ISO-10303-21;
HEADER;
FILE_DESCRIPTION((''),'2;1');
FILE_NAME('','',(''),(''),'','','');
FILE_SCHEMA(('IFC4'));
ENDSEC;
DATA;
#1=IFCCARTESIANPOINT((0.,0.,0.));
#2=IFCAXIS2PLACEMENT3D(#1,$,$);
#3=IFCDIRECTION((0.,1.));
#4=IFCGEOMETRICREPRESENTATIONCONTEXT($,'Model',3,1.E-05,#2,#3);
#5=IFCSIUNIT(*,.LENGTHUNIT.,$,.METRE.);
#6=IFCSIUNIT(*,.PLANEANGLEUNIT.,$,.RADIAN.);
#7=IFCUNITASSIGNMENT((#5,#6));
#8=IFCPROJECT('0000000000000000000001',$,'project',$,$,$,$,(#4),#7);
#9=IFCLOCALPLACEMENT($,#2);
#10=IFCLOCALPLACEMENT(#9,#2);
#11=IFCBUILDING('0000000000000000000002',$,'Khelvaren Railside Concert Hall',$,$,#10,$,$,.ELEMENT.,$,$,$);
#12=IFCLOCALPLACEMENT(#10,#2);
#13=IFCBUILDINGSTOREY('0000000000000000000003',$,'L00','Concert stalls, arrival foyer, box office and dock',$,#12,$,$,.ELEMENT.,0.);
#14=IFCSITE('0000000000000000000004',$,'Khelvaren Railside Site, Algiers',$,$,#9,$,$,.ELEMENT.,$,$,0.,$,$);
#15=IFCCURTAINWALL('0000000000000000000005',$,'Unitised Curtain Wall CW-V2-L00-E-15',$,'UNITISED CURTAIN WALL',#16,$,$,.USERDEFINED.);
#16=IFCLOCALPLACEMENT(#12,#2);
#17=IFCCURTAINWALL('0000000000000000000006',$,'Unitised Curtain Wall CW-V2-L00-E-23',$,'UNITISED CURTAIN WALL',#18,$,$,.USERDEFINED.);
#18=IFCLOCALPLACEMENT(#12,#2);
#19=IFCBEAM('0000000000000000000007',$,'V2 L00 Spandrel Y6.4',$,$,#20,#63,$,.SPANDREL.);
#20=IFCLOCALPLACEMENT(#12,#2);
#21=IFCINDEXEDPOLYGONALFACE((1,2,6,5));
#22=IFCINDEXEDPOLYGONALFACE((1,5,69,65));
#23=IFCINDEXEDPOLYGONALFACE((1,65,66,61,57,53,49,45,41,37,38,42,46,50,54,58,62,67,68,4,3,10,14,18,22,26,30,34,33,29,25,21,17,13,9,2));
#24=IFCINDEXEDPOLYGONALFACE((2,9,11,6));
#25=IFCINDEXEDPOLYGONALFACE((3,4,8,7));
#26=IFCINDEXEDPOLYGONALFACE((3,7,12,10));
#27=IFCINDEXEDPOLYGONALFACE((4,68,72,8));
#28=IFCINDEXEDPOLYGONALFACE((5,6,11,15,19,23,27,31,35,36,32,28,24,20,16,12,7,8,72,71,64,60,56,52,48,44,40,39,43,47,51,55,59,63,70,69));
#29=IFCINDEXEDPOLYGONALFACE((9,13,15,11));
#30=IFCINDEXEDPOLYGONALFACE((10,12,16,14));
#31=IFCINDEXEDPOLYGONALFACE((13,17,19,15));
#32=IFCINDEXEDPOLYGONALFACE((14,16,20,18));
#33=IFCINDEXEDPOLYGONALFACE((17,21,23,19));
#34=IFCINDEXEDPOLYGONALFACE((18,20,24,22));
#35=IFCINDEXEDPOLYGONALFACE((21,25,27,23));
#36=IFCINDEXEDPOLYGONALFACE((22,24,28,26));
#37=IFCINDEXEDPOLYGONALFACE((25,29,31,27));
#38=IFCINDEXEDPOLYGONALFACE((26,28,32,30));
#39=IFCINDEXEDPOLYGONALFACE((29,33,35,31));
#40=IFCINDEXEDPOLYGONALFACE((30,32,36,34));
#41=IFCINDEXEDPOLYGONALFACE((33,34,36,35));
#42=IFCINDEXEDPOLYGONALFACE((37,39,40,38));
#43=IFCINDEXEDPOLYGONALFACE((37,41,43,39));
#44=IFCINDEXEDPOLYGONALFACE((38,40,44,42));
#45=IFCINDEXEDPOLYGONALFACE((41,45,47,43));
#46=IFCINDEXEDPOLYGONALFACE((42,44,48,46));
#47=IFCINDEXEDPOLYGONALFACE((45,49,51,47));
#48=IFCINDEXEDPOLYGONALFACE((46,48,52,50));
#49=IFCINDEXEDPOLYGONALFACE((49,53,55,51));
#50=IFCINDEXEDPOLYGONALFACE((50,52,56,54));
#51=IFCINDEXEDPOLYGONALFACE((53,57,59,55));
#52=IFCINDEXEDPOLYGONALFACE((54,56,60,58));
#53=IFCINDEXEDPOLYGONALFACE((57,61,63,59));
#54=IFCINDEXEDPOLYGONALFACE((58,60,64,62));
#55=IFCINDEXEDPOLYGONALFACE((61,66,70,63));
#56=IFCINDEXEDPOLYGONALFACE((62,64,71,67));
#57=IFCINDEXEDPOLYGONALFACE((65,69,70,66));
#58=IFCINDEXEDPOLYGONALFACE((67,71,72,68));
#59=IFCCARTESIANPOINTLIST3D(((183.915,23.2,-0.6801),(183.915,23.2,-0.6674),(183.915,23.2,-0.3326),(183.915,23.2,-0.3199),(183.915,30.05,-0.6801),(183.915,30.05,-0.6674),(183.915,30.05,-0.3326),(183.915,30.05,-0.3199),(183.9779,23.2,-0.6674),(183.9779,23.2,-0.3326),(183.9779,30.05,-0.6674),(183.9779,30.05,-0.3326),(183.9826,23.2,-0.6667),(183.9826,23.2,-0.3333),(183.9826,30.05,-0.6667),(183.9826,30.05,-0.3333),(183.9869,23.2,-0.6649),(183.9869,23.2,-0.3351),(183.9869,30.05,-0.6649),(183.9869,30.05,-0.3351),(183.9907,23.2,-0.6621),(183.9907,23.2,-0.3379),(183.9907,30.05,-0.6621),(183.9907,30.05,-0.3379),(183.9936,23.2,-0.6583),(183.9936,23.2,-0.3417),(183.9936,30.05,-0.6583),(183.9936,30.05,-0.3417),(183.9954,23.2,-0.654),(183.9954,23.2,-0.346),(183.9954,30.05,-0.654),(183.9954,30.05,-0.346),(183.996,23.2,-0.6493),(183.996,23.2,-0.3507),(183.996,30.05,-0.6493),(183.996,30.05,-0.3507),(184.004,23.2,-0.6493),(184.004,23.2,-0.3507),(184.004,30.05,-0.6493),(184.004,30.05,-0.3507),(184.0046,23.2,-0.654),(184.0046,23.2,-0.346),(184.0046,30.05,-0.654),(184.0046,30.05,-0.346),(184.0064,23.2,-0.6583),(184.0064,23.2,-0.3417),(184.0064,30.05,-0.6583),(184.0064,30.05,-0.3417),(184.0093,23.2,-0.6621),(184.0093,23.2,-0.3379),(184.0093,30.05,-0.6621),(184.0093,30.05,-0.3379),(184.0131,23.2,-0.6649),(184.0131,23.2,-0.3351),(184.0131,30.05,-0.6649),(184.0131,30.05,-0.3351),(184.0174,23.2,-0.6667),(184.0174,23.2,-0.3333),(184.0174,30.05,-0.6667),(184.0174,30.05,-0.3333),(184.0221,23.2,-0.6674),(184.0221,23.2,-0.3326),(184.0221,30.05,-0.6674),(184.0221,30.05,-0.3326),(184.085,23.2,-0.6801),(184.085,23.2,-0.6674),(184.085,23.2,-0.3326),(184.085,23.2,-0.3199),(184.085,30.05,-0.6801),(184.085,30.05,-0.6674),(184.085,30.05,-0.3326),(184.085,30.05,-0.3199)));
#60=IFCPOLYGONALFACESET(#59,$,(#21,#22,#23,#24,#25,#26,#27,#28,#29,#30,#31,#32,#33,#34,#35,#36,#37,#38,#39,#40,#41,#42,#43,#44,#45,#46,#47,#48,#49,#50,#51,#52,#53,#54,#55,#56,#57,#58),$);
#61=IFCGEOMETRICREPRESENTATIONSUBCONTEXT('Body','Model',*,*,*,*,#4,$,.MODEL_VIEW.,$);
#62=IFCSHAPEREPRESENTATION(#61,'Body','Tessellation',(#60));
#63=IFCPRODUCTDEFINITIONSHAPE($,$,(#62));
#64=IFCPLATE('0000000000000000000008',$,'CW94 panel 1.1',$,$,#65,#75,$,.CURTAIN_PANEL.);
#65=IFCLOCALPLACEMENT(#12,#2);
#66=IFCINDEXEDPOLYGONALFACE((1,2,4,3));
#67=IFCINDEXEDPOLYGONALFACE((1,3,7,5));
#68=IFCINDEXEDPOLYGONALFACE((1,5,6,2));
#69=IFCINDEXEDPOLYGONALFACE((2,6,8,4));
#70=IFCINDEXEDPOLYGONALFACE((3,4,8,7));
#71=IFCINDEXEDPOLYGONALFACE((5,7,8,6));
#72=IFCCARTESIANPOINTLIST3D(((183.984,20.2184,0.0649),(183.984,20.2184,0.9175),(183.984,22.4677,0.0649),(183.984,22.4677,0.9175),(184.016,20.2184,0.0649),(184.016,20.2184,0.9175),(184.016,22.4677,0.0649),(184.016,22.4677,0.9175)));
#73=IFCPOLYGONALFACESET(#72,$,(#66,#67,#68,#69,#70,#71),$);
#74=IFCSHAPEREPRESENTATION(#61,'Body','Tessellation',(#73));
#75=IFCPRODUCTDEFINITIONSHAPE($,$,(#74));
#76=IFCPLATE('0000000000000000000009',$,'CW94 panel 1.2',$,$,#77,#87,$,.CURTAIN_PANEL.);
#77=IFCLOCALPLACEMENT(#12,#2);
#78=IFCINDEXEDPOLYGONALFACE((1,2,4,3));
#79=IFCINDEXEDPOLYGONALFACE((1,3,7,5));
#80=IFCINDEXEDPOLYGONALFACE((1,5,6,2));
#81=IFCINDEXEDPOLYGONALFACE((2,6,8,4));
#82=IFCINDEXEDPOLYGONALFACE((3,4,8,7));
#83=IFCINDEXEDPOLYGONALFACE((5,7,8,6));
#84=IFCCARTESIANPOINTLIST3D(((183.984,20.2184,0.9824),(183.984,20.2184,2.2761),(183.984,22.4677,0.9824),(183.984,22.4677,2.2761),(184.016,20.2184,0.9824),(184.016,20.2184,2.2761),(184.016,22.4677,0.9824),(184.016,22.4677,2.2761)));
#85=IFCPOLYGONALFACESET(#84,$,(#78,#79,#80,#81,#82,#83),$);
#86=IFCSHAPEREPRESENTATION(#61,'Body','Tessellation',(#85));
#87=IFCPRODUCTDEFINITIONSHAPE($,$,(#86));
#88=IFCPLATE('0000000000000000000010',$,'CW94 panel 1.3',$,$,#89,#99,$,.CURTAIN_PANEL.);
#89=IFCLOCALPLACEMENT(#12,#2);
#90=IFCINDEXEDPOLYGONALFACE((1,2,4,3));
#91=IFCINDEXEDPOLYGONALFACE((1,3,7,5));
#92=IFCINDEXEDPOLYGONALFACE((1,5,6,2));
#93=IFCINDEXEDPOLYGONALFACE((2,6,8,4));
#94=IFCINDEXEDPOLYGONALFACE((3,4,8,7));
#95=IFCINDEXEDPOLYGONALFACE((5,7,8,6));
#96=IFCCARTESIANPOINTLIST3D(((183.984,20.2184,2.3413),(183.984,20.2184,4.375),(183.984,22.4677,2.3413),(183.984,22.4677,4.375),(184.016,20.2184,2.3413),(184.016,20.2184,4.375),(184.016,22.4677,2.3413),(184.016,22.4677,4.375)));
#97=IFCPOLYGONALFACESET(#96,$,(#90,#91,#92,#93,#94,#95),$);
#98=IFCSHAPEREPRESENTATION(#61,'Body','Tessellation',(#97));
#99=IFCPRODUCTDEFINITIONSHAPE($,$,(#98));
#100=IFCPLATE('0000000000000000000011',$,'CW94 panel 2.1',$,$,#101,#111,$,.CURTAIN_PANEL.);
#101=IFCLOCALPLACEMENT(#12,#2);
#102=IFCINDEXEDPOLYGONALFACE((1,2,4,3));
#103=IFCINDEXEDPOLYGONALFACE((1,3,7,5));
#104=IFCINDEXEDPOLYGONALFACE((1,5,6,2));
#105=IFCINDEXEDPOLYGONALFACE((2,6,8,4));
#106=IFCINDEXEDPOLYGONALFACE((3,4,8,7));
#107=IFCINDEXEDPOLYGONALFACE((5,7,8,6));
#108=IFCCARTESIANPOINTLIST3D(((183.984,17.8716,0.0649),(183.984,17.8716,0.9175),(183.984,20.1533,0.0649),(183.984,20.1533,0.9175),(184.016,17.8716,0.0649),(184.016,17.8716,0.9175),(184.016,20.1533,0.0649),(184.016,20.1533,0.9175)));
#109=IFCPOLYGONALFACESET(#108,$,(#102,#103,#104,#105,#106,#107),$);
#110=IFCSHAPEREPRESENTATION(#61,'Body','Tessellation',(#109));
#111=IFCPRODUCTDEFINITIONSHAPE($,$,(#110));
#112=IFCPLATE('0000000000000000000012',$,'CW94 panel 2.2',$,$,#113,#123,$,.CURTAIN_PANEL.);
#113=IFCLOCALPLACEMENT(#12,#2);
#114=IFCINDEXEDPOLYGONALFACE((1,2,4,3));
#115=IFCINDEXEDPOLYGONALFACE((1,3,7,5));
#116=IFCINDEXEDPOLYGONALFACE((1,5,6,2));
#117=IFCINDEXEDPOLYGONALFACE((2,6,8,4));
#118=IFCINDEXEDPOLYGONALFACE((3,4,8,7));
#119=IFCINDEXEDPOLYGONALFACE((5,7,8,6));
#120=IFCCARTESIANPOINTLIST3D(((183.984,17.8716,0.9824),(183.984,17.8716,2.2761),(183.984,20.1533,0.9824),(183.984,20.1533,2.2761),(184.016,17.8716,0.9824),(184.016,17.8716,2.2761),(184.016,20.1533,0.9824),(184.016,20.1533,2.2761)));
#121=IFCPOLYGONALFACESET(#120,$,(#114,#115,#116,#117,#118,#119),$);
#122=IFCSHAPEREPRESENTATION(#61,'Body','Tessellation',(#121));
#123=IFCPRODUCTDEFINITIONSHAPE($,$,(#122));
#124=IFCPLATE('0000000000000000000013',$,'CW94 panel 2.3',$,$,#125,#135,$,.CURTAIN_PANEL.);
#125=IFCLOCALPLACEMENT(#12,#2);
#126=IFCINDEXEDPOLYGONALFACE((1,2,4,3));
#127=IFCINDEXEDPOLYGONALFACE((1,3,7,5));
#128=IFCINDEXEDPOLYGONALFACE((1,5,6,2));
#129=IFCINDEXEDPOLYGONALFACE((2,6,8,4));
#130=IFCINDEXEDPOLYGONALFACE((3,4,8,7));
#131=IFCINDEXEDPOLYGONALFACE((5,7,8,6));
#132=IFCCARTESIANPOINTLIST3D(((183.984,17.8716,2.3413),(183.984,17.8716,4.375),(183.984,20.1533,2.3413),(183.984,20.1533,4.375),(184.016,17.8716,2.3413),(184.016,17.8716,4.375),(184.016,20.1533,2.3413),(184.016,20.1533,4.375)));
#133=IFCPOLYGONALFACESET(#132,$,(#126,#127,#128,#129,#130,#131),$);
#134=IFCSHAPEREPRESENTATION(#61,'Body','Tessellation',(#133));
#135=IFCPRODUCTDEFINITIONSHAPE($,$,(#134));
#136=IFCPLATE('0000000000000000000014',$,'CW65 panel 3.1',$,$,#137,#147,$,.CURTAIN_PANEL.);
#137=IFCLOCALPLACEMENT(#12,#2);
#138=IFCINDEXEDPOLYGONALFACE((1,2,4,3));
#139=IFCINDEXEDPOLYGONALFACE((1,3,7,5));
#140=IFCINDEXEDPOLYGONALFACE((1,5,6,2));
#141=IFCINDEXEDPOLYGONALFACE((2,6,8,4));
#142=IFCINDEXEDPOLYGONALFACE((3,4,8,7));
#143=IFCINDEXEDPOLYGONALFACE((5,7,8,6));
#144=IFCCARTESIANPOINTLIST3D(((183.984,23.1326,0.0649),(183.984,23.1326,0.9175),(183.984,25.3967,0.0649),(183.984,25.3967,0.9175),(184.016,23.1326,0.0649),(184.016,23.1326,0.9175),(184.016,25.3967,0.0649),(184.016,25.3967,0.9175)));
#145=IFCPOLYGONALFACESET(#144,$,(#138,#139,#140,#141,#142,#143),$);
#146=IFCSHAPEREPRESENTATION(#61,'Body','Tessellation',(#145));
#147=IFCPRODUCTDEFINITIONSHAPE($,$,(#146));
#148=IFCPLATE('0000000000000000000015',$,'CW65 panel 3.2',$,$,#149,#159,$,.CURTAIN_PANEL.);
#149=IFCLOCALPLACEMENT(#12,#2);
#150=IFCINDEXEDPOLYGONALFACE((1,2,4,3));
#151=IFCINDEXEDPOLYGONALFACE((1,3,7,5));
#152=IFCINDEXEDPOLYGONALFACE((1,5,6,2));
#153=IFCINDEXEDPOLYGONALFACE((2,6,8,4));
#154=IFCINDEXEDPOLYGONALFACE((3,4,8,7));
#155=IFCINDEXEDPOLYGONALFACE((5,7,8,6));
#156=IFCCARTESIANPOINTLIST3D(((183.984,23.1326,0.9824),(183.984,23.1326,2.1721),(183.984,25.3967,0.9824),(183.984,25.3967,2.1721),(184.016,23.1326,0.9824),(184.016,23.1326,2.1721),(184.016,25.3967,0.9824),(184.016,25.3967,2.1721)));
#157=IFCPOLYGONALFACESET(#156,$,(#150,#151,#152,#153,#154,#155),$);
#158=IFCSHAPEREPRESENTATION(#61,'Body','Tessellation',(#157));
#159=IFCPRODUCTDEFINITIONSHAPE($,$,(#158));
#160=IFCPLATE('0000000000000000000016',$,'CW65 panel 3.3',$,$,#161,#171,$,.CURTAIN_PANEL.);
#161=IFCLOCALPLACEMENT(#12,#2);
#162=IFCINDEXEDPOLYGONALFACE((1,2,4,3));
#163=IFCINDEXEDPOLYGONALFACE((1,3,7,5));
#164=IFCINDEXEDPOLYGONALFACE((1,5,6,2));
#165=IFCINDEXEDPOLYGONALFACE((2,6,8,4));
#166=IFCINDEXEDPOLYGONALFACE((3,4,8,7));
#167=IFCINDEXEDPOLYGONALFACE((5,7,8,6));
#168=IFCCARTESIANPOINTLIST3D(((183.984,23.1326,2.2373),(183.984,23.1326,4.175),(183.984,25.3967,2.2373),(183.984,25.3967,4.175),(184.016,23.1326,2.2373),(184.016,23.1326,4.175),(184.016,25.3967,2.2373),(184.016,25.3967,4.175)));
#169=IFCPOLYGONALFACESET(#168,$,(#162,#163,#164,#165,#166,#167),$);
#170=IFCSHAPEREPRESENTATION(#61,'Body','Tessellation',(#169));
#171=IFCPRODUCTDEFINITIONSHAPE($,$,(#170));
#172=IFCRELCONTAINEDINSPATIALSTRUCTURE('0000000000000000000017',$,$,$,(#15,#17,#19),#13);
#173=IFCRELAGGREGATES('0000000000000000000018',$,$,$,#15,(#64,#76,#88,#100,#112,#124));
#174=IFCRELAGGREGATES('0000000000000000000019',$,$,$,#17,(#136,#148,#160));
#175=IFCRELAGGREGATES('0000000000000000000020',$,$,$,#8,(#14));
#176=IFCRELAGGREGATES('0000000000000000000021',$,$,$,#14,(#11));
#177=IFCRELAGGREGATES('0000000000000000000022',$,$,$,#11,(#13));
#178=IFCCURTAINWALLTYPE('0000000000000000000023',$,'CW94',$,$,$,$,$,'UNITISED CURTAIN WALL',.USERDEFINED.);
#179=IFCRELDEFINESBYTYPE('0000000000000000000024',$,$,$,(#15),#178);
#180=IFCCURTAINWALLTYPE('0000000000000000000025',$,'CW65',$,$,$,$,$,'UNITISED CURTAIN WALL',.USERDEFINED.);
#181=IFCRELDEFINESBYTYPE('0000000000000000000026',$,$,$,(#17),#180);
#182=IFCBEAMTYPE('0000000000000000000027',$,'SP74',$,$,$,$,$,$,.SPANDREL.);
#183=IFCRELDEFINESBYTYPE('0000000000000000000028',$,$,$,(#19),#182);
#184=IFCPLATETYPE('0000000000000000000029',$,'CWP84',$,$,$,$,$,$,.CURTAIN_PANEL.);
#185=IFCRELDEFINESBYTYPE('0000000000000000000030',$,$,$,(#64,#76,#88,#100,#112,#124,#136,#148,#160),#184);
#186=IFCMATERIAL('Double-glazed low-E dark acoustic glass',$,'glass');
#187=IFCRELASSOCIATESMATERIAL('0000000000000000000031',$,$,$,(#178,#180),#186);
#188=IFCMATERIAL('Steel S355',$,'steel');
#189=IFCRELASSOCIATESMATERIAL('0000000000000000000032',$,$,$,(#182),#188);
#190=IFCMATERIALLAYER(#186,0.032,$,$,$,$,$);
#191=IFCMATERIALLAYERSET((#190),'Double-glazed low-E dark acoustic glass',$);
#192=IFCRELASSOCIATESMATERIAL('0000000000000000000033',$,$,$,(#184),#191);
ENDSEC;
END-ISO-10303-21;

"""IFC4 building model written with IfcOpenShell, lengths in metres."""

from ifc_helpers import new_model, si_unit, direction, frame, origin, origin_2d, place, context, subcontext, project, spatial, rectangle, i_section, extrude, material, layer, layer_set, material_profile, profile_set, type_object, element, aggregate, save


model = new_model("IFC4")

# Units and contexts
model_context = context("Model", 3, precision=1e-05, world=origin(), true_north=direction((0.0, 1.0)))
body_context = subcontext(model_context, "Body", "Model", "MODEL_VIEW")
ifc_project = project(units=[si_unit("LENGTHUNIT", "METRE"), si_unit("PLANEANGLEUNIT", "RADIAN")], contexts=[model_context])

# Site, building, storey
site_placement = place(None, origin())
site = spatial("IfcSite", under=ifc_project, at=site_placement, Name="Khelvaren Railside Site, Algiers", CompositionType="ELEMENT", RefElevation=0.0)
building_placement = place(site_placement, origin())
building = spatial("IfcBuilding", under=site, at=building_placement, Name="Khelvaren Railside Concert Hall", CompositionType="ELEMENT")
storey_placement = place(building_placement, origin())
storey = spatial("IfcBuildingStorey", under=building, at=storey_placement, Name="L00", Description="Concert stalls, arrival foyer, box office and dock", CompositionType="ELEMENT", Elevation=0.0)

# Shared definitions
ifc_material_1 = material(Name="Steel S355", Category="steel")

# Curtain walls
ifc_material_2 = material(Name="Double-glazed low-E dark acoustic glass", Category="glass")
curtain_wall_type_1 = type_object("IfcCurtainWallType", Name="CW94", ElementType="UNITISED CURTAIN WALL", PredefinedType="USERDEFINED", material=ifc_material_2)
curtain_wall_1_placement = place(storey_placement, origin())
curtain_wall_1 = element("IfcCurtainWall", 1, at=curtain_wall_1_placement, inside=storey, type_object=curtain_wall_type_1, Name="Unitised Curtain Wall CW-V2-L00-E-15", ObjectType="UNITISED CURTAIN WALL", PredefinedType="USERDEFINED")
curtain_wall_type_2 = type_object("IfcCurtainWallType", Name="CW65", ElementType="UNITISED CURTAIN WALL", PredefinedType="USERDEFINED", material=ifc_material_2)
curtain_wall_2_placement = place(storey_placement, origin())
curtain_wall_2 = element("IfcCurtainWall", 2, at=curtain_wall_2_placement, inside=storey, type_object=curtain_wall_type_2, Name="Unitised Curtain Wall CW-V2-L00-E-23", ObjectType="UNITISED CURTAIN WALL", PredefinedType="USERDEFINED")

# Beam
ifc_material_profile_1 = material_profile(ifc_material_1, i_section(OverallWidth=0.1699, OverallDepth=0.3601, WebThickness=0.0081, FlangeThickness=0.0127, FilletRadius=0.0181, at=origin_2d()), Name="IPE 360")
ifc_profile_set_1 = profile_set([ifc_material_profile_1], Name="Steel S355")
beam_type_1 = type_object("IfcBeamType", Name="SP74", PredefinedType="SPANDREL", material=ifc_profile_set_1)
beam_1_placement = place(storey_placement, frame((184.0, 23.2, -0.5), z_axis=(0.0, 1.0, 0.0), x_axis=(-1.0, 0.0, 0.0)))
element("IfcBeam", 3, at=beam_1_placement, inside=storey, type_object=beam_type_1, Name="V2 L00 Spandrel Y6.4", PredefinedType="SPANDREL", context=body_context, shape_type="SweptSolid", body=[
    extrude(i_section(OverallWidth=0.1699, OverallDepth=0.3601, WebThickness=0.0081, FlangeThickness=0.0127, FilletRadius=0.0181, at=origin_2d()), origin(), (0.0, 0.0, 1.0), 6.8501),
])

# Plates
ifc_layer_1 = layer(ifc_material_2, 0.032)
ifc_layer_set_1 = layer_set([ifc_layer_1], Name="Double-glazed low-E dark acoustic glass")
plate_type = type_object("IfcPlateType", Name="CWP84", PredefinedType="CURTAIN_PANEL", material=ifc_layer_set_1)
plate_1_placement = place(storey_placement, frame((184.0, 21.343, 0.0649), z_axis=(0.0, 0.0, 1.0), x_axis=(0.0, -1.0, 0.0)))
plate_1 = element("IfcPlate", 4, at=plate_1_placement, type_object=plate_type, Name="CW94 panel 1.1", PredefinedType="CURTAIN_PANEL", context=body_context, shape_type="SweptSolid", body=[
    extrude(rectangle(XDim=2.2493, YDim=0.032, at=origin_2d()), origin(), (0.0, 0.0, 1.0), 0.8525),
])
plate_2_placement = place(storey_placement, frame((184.0, 21.343, 0.9824), z_axis=(0.0, 0.0, 1.0), x_axis=(0.0, -1.0, 0.0)))
plate_2 = element("IfcPlate", 5, at=plate_2_placement, type_object=plate_type, Name="CW94 panel 1.2", PredefinedType="CURTAIN_PANEL", context=body_context, shape_type="SweptSolid", body=[
    extrude(rectangle(XDim=2.2493, YDim=0.032, at=origin_2d()), origin(), (0.0, 0.0, 1.0), 1.2937),
])
plate_3_placement = place(storey_placement, frame((184.0, 21.343, 2.3413), z_axis=(0.0, 0.0, 1.0), x_axis=(0.0, -1.0, 0.0)))
plate_3 = element("IfcPlate", 6, at=plate_3_placement, type_object=plate_type, Name="CW94 panel 1.3", PredefinedType="CURTAIN_PANEL", context=body_context, shape_type="SweptSolid", body=[
    extrude(rectangle(XDim=2.2493, YDim=0.032, at=origin_2d()), origin(), (0.0, 0.0, 1.0), 2.0337),
])
plate_4_placement = place(storey_placement, frame((184.0, 19.0125, 0.0649), z_axis=(0.0, 0.0, 1.0), x_axis=(0.0, -1.0, 0.0)))
plate_4 = element("IfcPlate", 7, at=plate_4_placement, type_object=plate_type, Name="CW94 panel 2.1", PredefinedType="CURTAIN_PANEL", context=body_context, shape_type="SweptSolid", body=[
    extrude(rectangle(XDim=2.2817, YDim=0.032, at=origin_2d()), origin(), (0.0, 0.0, 1.0), 0.8525),
])
plate_5_placement = place(storey_placement, frame((184.0, 19.0125, 0.9824), z_axis=(0.0, 0.0, 1.0), x_axis=(0.0, -1.0, 0.0)))
plate_5 = element("IfcPlate", 8, at=plate_5_placement, type_object=plate_type, Name="CW94 panel 2.2", PredefinedType="CURTAIN_PANEL", context=body_context, shape_type="SweptSolid", body=[
    extrude(rectangle(XDim=2.2817, YDim=0.032, at=origin_2d()), origin(), (0.0, 0.0, 1.0), 1.2937),
])
plate_6_placement = place(storey_placement, frame((184.0, 19.0125, 2.3413), z_axis=(0.0, 0.0, 1.0), x_axis=(0.0, -1.0, 0.0)))
plate_6 = element("IfcPlate", 9, at=plate_6_placement, type_object=plate_type, Name="CW94 panel 2.3", PredefinedType="CURTAIN_PANEL", context=body_context, shape_type="SweptSolid", body=[
    extrude(rectangle(XDim=2.2817, YDim=0.032, at=origin_2d()), origin(), (0.0, 0.0, 1.0), 2.0337),
])
aggregate(curtain_wall_1, [plate_1, plate_2, plate_3, plate_4, plate_5, plate_6])
plate_7_placement = place(storey_placement, frame((184.0, 24.2646, 0.0649), z_axis=(0.0, 0.0, 1.0), x_axis=(0.0, -1.0, 0.0)))
plate_7 = element("IfcPlate", 10, at=plate_7_placement, type_object=plate_type, Name="CW65 panel 3.1", PredefinedType="CURTAIN_PANEL", context=body_context, shape_type="SweptSolid", body=[
    extrude(rectangle(XDim=2.2642, YDim=0.032, at=origin_2d()), origin(), (0.0, 0.0, 1.0), 0.8525),
])
plate_8_placement = place(storey_placement, frame((184.0, 24.2646, 0.9824), z_axis=(0.0, 0.0, 1.0), x_axis=(0.0, -1.0, 0.0)))
plate_8 = element("IfcPlate", 11, at=plate_8_placement, type_object=plate_type, Name="CW65 panel 3.2", PredefinedType="CURTAIN_PANEL", context=body_context, shape_type="SweptSolid", body=[
    extrude(rectangle(XDim=2.2642, YDim=0.032, at=origin_2d()), origin(), (0.0, 0.0, 1.0), 1.1897),
])
plate_9_placement = place(storey_placement, frame((184.0, 24.2646, 2.2373), z_axis=(0.0, 0.0, 1.0), x_axis=(0.0, -1.0, 0.0)))
plate_9 = element("IfcPlate", 12, at=plate_9_placement, type_object=plate_type, Name="CW65 panel 3.3", PredefinedType="CURTAIN_PANEL", context=body_context, shape_type="SweptSolid", body=[
    extrude(rectangle(XDim=2.2642, YDim=0.032, at=origin_2d()), origin(), (0.0, 0.0, 1.0), 1.9377),
])
aggregate(curtain_wall_2, [plate_7, plate_8, plate_9])

save(model, "model.ifc")
